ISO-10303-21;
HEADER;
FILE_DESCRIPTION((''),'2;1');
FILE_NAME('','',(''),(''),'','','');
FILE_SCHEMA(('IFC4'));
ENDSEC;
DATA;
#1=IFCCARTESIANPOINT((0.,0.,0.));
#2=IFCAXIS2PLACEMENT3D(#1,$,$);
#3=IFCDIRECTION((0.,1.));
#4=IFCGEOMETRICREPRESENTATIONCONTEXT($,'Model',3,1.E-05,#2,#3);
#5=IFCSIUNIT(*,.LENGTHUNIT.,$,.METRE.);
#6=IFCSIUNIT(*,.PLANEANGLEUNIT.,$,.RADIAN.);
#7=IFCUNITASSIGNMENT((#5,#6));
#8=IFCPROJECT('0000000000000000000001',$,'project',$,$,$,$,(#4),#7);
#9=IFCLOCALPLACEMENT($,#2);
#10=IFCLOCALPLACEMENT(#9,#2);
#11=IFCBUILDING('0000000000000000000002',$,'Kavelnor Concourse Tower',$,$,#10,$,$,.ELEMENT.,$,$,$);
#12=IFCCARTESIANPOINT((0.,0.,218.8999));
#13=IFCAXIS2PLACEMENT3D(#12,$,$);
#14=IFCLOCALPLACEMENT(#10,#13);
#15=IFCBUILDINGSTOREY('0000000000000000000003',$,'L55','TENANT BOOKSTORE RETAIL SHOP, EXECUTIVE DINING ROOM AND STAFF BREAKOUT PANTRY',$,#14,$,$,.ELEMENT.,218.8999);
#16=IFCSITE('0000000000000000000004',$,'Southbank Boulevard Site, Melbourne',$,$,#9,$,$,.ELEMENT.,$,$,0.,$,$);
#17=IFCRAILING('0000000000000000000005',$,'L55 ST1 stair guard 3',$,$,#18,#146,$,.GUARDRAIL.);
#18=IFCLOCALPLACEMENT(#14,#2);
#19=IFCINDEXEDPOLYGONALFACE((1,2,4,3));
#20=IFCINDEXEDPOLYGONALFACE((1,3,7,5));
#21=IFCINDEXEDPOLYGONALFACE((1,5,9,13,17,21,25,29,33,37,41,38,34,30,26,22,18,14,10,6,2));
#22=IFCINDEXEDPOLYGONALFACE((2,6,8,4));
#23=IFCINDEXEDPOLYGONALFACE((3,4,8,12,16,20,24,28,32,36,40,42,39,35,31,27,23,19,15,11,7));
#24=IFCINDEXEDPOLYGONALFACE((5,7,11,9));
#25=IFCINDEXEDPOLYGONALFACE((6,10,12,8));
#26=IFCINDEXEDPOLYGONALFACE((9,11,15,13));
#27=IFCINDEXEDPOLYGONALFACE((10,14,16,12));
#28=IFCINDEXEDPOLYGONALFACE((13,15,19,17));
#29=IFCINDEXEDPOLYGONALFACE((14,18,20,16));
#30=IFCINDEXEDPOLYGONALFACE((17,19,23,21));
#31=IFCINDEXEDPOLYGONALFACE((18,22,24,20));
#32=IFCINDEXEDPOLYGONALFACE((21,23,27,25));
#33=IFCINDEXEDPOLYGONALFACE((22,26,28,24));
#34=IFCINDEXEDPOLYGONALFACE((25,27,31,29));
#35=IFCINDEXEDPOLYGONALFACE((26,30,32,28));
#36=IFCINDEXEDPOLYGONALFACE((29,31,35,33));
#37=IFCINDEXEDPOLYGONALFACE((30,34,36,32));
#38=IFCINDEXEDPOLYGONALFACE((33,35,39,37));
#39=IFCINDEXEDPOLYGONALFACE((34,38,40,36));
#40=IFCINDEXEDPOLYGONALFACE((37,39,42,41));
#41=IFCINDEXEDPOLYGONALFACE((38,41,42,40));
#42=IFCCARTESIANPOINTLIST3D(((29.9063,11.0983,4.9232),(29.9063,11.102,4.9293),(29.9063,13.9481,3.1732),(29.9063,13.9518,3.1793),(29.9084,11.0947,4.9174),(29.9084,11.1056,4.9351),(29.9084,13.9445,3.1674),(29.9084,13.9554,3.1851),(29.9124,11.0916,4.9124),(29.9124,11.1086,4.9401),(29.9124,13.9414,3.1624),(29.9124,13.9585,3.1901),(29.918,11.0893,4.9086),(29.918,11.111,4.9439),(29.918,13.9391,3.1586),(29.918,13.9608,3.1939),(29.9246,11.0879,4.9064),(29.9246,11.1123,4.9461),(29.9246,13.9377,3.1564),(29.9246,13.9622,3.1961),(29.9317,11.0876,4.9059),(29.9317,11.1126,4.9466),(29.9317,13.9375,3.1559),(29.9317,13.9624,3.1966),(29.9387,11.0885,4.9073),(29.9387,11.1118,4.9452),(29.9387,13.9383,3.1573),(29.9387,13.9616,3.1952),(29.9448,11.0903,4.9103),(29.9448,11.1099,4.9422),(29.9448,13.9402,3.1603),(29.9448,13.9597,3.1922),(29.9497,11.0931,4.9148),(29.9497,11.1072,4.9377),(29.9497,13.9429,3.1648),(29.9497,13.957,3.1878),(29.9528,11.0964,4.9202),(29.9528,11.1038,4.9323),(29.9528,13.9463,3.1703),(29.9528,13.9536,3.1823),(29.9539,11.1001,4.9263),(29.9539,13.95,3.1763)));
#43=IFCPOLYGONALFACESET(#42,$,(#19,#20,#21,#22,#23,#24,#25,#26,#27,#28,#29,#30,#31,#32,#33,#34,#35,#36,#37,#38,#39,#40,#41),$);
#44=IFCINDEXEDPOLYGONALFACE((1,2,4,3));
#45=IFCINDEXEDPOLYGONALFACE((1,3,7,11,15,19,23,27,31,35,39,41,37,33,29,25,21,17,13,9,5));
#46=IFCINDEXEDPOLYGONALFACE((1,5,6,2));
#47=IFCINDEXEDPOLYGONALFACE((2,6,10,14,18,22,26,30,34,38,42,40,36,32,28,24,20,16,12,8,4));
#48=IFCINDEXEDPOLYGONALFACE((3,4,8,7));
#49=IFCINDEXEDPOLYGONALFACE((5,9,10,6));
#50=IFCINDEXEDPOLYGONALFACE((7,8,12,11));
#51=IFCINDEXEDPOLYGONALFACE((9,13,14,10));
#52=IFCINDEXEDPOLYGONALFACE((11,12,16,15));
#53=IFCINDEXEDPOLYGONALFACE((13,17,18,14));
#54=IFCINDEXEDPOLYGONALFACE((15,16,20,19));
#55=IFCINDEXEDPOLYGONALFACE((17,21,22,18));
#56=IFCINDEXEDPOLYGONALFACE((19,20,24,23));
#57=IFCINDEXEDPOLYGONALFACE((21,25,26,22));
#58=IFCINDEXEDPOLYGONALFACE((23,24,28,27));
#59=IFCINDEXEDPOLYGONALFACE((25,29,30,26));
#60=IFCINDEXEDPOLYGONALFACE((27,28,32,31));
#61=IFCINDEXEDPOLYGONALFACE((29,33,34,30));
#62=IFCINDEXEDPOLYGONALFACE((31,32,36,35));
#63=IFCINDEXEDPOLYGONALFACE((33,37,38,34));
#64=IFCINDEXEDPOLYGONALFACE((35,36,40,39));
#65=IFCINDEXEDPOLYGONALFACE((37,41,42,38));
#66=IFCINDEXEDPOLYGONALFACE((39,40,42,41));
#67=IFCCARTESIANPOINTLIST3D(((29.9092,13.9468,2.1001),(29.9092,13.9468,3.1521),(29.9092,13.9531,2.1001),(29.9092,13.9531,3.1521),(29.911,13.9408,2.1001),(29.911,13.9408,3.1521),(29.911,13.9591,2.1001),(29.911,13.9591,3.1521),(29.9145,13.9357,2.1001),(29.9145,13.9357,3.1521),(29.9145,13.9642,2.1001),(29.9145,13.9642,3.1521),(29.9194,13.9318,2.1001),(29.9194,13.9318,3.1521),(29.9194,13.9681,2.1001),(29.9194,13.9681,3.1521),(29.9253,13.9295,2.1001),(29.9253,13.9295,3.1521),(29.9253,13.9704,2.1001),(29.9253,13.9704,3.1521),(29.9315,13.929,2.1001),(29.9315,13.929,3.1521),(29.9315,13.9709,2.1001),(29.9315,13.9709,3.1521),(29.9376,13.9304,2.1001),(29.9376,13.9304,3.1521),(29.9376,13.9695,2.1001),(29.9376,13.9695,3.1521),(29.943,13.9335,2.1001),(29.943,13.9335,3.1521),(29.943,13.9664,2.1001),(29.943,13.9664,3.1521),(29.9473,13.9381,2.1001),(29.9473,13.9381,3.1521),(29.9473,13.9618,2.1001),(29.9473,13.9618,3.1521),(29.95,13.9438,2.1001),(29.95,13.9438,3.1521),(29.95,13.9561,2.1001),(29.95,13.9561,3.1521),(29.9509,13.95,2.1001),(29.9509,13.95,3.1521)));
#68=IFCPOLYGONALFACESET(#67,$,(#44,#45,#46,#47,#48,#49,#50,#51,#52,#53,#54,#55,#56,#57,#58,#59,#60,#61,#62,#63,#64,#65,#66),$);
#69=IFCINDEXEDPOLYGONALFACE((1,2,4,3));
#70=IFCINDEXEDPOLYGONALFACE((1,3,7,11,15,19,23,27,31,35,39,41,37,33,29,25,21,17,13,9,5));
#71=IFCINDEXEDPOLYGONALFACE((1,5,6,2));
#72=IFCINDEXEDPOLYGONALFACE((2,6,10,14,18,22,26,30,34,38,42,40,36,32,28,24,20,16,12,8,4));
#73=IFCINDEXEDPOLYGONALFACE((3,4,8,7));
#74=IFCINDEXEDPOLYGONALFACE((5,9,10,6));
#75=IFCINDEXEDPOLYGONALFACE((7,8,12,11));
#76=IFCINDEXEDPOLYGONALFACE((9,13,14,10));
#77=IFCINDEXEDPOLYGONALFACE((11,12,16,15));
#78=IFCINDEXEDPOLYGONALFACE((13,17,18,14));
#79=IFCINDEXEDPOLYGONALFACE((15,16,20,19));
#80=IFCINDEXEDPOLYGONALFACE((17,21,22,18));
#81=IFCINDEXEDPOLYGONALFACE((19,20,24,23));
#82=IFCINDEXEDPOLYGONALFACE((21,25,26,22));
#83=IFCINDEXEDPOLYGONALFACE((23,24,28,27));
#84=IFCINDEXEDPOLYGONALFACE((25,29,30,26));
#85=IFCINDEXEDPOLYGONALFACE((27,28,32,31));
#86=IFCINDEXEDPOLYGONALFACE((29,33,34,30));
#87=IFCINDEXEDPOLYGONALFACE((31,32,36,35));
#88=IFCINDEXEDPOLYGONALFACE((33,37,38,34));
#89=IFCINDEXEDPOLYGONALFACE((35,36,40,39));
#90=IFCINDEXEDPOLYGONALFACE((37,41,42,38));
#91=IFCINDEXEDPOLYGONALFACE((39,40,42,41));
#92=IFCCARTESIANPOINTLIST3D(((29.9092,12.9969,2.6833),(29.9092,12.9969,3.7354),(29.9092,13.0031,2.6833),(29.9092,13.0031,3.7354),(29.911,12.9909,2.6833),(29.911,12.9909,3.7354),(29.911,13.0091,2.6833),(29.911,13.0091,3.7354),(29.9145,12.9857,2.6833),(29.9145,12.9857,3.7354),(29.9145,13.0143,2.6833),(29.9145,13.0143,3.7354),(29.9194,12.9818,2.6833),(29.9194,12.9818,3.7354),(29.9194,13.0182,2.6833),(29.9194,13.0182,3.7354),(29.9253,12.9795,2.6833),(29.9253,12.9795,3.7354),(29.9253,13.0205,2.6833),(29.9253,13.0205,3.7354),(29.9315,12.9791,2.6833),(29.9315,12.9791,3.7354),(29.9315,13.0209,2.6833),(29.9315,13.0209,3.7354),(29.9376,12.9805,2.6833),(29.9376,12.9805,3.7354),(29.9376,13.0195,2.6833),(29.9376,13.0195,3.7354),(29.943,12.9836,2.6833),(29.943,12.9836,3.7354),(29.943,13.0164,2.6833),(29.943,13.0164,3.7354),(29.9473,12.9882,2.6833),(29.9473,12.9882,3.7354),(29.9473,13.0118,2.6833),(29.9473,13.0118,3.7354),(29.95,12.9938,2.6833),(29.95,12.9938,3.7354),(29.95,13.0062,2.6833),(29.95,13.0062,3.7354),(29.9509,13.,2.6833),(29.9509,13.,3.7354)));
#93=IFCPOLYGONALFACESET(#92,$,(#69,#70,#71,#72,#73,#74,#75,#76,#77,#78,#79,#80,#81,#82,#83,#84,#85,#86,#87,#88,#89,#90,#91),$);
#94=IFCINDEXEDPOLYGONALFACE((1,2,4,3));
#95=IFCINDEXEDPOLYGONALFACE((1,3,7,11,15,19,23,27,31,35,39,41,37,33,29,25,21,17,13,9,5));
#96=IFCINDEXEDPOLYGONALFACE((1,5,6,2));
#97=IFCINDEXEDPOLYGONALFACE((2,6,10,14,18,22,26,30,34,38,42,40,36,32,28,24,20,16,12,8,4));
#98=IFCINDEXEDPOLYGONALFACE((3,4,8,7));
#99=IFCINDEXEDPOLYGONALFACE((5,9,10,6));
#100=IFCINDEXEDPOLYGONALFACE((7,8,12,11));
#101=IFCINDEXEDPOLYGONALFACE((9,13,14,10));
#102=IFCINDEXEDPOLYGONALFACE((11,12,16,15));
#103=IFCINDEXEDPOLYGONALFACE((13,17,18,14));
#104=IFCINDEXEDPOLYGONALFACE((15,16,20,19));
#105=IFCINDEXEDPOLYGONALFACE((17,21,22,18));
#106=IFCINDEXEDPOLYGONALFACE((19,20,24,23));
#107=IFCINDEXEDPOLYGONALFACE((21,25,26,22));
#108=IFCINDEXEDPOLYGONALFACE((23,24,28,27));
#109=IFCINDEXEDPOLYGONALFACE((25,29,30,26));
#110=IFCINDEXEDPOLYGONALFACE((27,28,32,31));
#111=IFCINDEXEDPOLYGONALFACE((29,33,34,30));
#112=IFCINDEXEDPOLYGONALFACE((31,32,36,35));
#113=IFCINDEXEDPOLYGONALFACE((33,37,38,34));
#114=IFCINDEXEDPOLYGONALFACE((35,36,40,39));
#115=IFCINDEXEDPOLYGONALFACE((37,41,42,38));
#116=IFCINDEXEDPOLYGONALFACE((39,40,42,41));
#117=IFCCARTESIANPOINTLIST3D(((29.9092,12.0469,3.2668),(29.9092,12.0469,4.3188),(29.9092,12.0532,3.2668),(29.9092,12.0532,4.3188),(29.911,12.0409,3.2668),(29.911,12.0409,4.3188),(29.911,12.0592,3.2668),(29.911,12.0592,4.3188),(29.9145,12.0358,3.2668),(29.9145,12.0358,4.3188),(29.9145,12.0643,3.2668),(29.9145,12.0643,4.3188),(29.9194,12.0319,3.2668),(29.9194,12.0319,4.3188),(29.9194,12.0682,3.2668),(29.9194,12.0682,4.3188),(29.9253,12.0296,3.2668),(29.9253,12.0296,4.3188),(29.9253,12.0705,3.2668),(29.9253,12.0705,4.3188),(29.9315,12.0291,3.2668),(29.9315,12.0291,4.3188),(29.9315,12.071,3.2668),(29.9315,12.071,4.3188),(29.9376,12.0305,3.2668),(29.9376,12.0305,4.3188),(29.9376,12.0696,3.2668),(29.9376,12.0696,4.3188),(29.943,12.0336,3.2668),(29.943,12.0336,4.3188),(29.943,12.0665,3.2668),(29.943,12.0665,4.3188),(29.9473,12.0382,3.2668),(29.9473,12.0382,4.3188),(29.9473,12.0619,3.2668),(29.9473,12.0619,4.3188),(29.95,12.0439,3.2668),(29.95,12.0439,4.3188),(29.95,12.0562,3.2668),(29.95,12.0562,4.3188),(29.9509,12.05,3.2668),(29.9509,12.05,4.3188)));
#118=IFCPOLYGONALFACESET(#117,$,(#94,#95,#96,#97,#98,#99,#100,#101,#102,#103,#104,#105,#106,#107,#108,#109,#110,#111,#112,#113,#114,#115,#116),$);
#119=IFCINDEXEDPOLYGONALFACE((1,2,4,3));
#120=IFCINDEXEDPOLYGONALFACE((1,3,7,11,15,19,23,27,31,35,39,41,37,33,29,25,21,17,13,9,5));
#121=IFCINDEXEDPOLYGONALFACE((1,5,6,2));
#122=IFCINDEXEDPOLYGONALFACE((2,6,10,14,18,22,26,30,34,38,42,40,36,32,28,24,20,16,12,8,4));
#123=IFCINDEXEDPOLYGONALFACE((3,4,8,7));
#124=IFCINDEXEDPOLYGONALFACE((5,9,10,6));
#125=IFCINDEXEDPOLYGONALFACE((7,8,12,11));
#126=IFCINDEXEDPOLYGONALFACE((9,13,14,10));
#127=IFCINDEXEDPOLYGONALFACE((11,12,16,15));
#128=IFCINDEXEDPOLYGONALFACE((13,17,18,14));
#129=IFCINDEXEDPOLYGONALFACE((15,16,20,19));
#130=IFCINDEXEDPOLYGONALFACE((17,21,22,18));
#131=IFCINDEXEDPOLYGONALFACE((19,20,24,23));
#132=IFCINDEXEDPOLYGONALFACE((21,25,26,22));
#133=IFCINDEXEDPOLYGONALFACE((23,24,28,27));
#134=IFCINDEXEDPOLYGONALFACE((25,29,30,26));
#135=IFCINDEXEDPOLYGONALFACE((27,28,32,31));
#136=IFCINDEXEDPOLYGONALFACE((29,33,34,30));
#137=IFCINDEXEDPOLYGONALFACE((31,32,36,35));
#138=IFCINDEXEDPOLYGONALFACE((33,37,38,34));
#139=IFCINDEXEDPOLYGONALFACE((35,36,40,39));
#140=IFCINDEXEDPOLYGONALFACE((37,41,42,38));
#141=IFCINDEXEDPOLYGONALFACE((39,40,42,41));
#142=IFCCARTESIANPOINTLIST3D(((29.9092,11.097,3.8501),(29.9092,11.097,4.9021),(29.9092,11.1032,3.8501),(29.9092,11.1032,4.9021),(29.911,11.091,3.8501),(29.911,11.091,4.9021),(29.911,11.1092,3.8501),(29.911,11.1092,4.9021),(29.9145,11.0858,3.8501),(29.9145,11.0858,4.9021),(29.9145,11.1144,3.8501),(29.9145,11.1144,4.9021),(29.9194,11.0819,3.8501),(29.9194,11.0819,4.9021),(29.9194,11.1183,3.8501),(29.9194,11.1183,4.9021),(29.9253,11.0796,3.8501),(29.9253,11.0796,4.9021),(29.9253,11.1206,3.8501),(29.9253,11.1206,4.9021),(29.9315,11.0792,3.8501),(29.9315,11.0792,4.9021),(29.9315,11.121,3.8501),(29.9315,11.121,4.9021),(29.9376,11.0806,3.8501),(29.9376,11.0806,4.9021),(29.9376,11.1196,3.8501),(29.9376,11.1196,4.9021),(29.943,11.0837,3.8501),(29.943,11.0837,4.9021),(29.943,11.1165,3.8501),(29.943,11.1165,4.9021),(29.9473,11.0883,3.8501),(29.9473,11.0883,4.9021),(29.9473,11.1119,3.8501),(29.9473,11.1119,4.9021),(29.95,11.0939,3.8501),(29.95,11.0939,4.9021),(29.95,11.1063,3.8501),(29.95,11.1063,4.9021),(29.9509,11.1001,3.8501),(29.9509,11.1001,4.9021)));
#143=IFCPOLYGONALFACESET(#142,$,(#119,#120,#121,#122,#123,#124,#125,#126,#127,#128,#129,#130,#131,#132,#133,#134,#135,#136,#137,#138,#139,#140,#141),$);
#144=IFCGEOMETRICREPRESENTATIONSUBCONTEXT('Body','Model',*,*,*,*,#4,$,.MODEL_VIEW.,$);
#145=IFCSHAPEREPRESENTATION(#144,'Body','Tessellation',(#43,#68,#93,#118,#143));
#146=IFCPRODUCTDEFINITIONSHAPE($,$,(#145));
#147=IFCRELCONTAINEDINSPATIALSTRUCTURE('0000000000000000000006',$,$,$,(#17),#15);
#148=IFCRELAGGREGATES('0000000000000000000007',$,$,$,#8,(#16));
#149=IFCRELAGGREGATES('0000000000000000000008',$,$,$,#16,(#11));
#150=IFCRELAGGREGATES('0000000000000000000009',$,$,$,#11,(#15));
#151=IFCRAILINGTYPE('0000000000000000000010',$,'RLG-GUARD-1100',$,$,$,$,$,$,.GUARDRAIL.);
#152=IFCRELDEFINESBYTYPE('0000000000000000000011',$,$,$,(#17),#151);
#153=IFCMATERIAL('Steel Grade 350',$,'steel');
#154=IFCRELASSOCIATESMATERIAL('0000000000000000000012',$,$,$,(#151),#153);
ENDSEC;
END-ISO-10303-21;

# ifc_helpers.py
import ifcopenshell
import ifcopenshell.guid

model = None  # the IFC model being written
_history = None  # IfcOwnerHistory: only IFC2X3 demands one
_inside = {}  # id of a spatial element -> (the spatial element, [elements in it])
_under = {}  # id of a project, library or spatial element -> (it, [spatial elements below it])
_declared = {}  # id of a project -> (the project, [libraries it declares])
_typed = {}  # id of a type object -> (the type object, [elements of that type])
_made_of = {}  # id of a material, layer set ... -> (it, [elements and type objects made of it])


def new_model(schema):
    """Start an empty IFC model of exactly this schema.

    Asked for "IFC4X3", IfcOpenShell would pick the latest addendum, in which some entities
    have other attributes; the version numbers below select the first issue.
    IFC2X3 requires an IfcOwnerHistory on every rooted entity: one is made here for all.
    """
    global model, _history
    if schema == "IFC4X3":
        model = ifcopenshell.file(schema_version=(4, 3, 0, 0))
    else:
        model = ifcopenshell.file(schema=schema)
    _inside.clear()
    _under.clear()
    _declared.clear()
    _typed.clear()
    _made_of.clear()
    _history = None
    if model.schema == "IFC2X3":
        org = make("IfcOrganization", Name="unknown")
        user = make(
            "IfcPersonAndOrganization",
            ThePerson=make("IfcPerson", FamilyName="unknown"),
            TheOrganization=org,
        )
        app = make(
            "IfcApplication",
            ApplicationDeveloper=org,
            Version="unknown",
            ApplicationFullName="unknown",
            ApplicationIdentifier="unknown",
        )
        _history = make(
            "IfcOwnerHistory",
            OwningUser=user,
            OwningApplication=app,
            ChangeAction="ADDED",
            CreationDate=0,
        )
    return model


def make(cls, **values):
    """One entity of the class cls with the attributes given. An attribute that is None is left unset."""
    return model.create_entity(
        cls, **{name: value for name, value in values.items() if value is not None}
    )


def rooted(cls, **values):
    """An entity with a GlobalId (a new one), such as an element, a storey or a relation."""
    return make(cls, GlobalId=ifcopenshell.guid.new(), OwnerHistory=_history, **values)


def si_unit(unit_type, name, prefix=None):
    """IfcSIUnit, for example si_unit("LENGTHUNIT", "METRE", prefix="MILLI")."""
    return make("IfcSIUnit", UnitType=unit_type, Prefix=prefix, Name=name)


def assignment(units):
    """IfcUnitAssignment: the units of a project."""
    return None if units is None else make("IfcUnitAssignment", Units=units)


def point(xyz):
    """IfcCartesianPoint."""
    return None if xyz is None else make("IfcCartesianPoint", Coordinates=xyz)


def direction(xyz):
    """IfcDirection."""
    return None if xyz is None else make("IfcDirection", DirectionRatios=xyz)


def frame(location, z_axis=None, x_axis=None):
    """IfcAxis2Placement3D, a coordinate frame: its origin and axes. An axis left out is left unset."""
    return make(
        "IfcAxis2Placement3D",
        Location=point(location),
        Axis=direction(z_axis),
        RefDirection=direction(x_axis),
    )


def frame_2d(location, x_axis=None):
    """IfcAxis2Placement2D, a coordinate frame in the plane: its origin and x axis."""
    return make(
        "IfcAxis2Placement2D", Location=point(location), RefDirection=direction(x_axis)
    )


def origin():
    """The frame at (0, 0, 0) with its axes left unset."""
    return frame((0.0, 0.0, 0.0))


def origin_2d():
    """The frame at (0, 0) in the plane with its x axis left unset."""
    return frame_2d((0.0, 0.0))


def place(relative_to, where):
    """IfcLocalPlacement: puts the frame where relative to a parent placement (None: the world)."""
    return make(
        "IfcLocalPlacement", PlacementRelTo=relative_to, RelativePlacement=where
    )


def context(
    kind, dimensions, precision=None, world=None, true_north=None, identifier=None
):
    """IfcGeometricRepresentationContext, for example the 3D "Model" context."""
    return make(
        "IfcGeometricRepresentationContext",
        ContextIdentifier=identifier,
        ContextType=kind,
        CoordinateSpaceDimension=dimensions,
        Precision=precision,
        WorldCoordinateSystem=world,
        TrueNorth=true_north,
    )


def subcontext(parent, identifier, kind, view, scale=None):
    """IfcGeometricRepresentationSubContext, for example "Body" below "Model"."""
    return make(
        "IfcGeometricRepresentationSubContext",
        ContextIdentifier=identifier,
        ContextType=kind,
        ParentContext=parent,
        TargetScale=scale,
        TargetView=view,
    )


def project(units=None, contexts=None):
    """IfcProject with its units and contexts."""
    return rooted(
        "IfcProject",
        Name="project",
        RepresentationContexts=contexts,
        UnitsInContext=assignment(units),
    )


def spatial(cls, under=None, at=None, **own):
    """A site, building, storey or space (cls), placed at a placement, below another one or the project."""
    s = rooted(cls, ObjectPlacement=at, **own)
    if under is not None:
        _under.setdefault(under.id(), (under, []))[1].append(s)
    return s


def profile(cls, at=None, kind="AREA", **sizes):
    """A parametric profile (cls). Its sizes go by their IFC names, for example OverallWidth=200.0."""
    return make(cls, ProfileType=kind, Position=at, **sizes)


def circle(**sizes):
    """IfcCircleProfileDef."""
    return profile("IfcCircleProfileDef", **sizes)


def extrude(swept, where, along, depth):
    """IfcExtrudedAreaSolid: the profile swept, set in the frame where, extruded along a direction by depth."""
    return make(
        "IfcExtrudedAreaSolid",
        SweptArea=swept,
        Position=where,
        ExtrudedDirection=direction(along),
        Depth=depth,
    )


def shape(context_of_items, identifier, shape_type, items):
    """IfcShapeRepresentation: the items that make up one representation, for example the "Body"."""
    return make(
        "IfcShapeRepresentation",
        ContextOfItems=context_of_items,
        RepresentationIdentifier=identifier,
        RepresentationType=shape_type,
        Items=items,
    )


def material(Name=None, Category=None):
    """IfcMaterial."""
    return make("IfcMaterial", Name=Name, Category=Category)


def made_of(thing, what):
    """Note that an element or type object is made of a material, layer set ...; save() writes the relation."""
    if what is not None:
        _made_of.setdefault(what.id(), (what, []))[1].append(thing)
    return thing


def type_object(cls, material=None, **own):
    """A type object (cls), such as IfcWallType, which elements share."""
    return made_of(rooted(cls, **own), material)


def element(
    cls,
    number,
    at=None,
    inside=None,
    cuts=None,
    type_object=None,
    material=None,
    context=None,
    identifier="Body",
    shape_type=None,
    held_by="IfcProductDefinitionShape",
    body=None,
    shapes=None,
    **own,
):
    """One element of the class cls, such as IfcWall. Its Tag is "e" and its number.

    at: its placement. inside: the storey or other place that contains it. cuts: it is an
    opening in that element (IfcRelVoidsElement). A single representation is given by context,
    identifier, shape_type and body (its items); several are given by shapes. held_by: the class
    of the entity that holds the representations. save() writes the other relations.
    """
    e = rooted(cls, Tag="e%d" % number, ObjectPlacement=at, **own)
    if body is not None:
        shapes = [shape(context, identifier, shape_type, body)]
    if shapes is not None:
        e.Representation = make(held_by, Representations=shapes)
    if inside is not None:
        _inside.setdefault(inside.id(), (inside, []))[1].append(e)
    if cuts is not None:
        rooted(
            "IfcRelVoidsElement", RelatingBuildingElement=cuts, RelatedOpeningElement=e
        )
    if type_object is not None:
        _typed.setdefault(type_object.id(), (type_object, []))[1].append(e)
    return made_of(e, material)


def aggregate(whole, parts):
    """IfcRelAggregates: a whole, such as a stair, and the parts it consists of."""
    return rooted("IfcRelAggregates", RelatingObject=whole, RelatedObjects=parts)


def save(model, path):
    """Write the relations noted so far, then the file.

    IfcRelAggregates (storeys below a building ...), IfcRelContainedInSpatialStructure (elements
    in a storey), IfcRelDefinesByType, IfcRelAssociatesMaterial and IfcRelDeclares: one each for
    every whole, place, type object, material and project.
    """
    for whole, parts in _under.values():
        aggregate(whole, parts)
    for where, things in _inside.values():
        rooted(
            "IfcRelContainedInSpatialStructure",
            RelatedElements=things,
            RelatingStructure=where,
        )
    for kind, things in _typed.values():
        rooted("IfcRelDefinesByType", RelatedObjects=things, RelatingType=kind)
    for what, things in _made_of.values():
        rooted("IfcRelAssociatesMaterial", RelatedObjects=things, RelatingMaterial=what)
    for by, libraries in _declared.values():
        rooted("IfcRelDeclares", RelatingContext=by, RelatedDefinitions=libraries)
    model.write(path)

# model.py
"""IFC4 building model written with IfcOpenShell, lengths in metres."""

from ifc_helpers import new_model, si_unit, direction, frame, origin, origin_2d, place, context, subcontext, project, spatial, circle, extrude, material, type_object, element, save


model = new_model("IFC4")

# Units and contexts
model_context = context("Model", 3, precision=1e-05, world=origin(), true_north=direction((0.0, 1.0)))
body_context = subcontext(model_context, "Body", "Model", "MODEL_VIEW")
ifc_project = project(units=[si_unit("LENGTHUNIT", "METRE"), si_unit("PLANEANGLEUNIT", "RADIAN")], contexts=[model_context])

# Site, building, storey
site_placement = place(None, origin())
site = spatial("IfcSite", under=ifc_project, at=site_placement, Name="Southbank Boulevard Site, Melbourne", CompositionType="ELEMENT", RefElevation=0.0)
building_placement = place(site_placement, origin())
building = spatial("IfcBuilding", under=site, at=building_placement, Name="Kavelnor Concourse Tower", CompositionType="ELEMENT")
storey_placement = place(building_placement, frame((0.0, 0.0, 218.8999)))
storey = spatial("IfcBuildingStorey", under=building, at=storey_placement, Name="L55", Description="TENANT BOOKSTORE RETAIL SHOP, EXECUTIVE DINING ROOM AND STAFF BREAKOUT PANTRY", CompositionType="ELEMENT", Elevation=218.8999)

# Shared definitions
ifc_material_1 = material(Name="Steel Grade 350", Category="steel")

# Railing
railing_type_1 = type_object("IfcRailingType", Name="RLG-GUARD-1100", PredefinedType="GUARDRAIL", material=ifc_material_1)
railing_1_placement = place(storey_placement, frame((29.9299, 13.95, 2.1001)))
element("IfcRailing", 1, at=railing_1_placement, inside=storey, type_object=railing_type_1, Name="L55 ST1 stair guard 3", PredefinedType="GUARDRAIL", context=body_context, shape_type="SweptSolid", body=[
    extrude(circle(Radius=0.0239, at=origin_2d()), frame((0.0, 0.0, 1.0762), z_axis=(0.0, -0.852159, 0.523283), x_axis=(1.0, 0.0, 0.0)), (0.0, 0.0, 1.0), 3.3442),
    extrude(circle(Radius=0.021, at=origin_2d()), origin(), (0.0, 0.0, 1.0), 1.052),
    extrude(circle(Radius=0.021, at=origin_2d()), frame((0.0, -0.95, 0.5833)), (0.0, 0.0, 1.0), 1.052),
    extrude(circle(Radius=0.021, at=origin_2d()), frame((0.0, -1.8999, 1.1667)), (0.0, 0.0, 1.0), 1.052),
    extrude(circle(Radius=0.021, at=origin_2d()), frame((0.0, -2.8499, 1.75)), (0.0, 0.0, 1.0), 1.052),
])

save(model, "model.ifc")
